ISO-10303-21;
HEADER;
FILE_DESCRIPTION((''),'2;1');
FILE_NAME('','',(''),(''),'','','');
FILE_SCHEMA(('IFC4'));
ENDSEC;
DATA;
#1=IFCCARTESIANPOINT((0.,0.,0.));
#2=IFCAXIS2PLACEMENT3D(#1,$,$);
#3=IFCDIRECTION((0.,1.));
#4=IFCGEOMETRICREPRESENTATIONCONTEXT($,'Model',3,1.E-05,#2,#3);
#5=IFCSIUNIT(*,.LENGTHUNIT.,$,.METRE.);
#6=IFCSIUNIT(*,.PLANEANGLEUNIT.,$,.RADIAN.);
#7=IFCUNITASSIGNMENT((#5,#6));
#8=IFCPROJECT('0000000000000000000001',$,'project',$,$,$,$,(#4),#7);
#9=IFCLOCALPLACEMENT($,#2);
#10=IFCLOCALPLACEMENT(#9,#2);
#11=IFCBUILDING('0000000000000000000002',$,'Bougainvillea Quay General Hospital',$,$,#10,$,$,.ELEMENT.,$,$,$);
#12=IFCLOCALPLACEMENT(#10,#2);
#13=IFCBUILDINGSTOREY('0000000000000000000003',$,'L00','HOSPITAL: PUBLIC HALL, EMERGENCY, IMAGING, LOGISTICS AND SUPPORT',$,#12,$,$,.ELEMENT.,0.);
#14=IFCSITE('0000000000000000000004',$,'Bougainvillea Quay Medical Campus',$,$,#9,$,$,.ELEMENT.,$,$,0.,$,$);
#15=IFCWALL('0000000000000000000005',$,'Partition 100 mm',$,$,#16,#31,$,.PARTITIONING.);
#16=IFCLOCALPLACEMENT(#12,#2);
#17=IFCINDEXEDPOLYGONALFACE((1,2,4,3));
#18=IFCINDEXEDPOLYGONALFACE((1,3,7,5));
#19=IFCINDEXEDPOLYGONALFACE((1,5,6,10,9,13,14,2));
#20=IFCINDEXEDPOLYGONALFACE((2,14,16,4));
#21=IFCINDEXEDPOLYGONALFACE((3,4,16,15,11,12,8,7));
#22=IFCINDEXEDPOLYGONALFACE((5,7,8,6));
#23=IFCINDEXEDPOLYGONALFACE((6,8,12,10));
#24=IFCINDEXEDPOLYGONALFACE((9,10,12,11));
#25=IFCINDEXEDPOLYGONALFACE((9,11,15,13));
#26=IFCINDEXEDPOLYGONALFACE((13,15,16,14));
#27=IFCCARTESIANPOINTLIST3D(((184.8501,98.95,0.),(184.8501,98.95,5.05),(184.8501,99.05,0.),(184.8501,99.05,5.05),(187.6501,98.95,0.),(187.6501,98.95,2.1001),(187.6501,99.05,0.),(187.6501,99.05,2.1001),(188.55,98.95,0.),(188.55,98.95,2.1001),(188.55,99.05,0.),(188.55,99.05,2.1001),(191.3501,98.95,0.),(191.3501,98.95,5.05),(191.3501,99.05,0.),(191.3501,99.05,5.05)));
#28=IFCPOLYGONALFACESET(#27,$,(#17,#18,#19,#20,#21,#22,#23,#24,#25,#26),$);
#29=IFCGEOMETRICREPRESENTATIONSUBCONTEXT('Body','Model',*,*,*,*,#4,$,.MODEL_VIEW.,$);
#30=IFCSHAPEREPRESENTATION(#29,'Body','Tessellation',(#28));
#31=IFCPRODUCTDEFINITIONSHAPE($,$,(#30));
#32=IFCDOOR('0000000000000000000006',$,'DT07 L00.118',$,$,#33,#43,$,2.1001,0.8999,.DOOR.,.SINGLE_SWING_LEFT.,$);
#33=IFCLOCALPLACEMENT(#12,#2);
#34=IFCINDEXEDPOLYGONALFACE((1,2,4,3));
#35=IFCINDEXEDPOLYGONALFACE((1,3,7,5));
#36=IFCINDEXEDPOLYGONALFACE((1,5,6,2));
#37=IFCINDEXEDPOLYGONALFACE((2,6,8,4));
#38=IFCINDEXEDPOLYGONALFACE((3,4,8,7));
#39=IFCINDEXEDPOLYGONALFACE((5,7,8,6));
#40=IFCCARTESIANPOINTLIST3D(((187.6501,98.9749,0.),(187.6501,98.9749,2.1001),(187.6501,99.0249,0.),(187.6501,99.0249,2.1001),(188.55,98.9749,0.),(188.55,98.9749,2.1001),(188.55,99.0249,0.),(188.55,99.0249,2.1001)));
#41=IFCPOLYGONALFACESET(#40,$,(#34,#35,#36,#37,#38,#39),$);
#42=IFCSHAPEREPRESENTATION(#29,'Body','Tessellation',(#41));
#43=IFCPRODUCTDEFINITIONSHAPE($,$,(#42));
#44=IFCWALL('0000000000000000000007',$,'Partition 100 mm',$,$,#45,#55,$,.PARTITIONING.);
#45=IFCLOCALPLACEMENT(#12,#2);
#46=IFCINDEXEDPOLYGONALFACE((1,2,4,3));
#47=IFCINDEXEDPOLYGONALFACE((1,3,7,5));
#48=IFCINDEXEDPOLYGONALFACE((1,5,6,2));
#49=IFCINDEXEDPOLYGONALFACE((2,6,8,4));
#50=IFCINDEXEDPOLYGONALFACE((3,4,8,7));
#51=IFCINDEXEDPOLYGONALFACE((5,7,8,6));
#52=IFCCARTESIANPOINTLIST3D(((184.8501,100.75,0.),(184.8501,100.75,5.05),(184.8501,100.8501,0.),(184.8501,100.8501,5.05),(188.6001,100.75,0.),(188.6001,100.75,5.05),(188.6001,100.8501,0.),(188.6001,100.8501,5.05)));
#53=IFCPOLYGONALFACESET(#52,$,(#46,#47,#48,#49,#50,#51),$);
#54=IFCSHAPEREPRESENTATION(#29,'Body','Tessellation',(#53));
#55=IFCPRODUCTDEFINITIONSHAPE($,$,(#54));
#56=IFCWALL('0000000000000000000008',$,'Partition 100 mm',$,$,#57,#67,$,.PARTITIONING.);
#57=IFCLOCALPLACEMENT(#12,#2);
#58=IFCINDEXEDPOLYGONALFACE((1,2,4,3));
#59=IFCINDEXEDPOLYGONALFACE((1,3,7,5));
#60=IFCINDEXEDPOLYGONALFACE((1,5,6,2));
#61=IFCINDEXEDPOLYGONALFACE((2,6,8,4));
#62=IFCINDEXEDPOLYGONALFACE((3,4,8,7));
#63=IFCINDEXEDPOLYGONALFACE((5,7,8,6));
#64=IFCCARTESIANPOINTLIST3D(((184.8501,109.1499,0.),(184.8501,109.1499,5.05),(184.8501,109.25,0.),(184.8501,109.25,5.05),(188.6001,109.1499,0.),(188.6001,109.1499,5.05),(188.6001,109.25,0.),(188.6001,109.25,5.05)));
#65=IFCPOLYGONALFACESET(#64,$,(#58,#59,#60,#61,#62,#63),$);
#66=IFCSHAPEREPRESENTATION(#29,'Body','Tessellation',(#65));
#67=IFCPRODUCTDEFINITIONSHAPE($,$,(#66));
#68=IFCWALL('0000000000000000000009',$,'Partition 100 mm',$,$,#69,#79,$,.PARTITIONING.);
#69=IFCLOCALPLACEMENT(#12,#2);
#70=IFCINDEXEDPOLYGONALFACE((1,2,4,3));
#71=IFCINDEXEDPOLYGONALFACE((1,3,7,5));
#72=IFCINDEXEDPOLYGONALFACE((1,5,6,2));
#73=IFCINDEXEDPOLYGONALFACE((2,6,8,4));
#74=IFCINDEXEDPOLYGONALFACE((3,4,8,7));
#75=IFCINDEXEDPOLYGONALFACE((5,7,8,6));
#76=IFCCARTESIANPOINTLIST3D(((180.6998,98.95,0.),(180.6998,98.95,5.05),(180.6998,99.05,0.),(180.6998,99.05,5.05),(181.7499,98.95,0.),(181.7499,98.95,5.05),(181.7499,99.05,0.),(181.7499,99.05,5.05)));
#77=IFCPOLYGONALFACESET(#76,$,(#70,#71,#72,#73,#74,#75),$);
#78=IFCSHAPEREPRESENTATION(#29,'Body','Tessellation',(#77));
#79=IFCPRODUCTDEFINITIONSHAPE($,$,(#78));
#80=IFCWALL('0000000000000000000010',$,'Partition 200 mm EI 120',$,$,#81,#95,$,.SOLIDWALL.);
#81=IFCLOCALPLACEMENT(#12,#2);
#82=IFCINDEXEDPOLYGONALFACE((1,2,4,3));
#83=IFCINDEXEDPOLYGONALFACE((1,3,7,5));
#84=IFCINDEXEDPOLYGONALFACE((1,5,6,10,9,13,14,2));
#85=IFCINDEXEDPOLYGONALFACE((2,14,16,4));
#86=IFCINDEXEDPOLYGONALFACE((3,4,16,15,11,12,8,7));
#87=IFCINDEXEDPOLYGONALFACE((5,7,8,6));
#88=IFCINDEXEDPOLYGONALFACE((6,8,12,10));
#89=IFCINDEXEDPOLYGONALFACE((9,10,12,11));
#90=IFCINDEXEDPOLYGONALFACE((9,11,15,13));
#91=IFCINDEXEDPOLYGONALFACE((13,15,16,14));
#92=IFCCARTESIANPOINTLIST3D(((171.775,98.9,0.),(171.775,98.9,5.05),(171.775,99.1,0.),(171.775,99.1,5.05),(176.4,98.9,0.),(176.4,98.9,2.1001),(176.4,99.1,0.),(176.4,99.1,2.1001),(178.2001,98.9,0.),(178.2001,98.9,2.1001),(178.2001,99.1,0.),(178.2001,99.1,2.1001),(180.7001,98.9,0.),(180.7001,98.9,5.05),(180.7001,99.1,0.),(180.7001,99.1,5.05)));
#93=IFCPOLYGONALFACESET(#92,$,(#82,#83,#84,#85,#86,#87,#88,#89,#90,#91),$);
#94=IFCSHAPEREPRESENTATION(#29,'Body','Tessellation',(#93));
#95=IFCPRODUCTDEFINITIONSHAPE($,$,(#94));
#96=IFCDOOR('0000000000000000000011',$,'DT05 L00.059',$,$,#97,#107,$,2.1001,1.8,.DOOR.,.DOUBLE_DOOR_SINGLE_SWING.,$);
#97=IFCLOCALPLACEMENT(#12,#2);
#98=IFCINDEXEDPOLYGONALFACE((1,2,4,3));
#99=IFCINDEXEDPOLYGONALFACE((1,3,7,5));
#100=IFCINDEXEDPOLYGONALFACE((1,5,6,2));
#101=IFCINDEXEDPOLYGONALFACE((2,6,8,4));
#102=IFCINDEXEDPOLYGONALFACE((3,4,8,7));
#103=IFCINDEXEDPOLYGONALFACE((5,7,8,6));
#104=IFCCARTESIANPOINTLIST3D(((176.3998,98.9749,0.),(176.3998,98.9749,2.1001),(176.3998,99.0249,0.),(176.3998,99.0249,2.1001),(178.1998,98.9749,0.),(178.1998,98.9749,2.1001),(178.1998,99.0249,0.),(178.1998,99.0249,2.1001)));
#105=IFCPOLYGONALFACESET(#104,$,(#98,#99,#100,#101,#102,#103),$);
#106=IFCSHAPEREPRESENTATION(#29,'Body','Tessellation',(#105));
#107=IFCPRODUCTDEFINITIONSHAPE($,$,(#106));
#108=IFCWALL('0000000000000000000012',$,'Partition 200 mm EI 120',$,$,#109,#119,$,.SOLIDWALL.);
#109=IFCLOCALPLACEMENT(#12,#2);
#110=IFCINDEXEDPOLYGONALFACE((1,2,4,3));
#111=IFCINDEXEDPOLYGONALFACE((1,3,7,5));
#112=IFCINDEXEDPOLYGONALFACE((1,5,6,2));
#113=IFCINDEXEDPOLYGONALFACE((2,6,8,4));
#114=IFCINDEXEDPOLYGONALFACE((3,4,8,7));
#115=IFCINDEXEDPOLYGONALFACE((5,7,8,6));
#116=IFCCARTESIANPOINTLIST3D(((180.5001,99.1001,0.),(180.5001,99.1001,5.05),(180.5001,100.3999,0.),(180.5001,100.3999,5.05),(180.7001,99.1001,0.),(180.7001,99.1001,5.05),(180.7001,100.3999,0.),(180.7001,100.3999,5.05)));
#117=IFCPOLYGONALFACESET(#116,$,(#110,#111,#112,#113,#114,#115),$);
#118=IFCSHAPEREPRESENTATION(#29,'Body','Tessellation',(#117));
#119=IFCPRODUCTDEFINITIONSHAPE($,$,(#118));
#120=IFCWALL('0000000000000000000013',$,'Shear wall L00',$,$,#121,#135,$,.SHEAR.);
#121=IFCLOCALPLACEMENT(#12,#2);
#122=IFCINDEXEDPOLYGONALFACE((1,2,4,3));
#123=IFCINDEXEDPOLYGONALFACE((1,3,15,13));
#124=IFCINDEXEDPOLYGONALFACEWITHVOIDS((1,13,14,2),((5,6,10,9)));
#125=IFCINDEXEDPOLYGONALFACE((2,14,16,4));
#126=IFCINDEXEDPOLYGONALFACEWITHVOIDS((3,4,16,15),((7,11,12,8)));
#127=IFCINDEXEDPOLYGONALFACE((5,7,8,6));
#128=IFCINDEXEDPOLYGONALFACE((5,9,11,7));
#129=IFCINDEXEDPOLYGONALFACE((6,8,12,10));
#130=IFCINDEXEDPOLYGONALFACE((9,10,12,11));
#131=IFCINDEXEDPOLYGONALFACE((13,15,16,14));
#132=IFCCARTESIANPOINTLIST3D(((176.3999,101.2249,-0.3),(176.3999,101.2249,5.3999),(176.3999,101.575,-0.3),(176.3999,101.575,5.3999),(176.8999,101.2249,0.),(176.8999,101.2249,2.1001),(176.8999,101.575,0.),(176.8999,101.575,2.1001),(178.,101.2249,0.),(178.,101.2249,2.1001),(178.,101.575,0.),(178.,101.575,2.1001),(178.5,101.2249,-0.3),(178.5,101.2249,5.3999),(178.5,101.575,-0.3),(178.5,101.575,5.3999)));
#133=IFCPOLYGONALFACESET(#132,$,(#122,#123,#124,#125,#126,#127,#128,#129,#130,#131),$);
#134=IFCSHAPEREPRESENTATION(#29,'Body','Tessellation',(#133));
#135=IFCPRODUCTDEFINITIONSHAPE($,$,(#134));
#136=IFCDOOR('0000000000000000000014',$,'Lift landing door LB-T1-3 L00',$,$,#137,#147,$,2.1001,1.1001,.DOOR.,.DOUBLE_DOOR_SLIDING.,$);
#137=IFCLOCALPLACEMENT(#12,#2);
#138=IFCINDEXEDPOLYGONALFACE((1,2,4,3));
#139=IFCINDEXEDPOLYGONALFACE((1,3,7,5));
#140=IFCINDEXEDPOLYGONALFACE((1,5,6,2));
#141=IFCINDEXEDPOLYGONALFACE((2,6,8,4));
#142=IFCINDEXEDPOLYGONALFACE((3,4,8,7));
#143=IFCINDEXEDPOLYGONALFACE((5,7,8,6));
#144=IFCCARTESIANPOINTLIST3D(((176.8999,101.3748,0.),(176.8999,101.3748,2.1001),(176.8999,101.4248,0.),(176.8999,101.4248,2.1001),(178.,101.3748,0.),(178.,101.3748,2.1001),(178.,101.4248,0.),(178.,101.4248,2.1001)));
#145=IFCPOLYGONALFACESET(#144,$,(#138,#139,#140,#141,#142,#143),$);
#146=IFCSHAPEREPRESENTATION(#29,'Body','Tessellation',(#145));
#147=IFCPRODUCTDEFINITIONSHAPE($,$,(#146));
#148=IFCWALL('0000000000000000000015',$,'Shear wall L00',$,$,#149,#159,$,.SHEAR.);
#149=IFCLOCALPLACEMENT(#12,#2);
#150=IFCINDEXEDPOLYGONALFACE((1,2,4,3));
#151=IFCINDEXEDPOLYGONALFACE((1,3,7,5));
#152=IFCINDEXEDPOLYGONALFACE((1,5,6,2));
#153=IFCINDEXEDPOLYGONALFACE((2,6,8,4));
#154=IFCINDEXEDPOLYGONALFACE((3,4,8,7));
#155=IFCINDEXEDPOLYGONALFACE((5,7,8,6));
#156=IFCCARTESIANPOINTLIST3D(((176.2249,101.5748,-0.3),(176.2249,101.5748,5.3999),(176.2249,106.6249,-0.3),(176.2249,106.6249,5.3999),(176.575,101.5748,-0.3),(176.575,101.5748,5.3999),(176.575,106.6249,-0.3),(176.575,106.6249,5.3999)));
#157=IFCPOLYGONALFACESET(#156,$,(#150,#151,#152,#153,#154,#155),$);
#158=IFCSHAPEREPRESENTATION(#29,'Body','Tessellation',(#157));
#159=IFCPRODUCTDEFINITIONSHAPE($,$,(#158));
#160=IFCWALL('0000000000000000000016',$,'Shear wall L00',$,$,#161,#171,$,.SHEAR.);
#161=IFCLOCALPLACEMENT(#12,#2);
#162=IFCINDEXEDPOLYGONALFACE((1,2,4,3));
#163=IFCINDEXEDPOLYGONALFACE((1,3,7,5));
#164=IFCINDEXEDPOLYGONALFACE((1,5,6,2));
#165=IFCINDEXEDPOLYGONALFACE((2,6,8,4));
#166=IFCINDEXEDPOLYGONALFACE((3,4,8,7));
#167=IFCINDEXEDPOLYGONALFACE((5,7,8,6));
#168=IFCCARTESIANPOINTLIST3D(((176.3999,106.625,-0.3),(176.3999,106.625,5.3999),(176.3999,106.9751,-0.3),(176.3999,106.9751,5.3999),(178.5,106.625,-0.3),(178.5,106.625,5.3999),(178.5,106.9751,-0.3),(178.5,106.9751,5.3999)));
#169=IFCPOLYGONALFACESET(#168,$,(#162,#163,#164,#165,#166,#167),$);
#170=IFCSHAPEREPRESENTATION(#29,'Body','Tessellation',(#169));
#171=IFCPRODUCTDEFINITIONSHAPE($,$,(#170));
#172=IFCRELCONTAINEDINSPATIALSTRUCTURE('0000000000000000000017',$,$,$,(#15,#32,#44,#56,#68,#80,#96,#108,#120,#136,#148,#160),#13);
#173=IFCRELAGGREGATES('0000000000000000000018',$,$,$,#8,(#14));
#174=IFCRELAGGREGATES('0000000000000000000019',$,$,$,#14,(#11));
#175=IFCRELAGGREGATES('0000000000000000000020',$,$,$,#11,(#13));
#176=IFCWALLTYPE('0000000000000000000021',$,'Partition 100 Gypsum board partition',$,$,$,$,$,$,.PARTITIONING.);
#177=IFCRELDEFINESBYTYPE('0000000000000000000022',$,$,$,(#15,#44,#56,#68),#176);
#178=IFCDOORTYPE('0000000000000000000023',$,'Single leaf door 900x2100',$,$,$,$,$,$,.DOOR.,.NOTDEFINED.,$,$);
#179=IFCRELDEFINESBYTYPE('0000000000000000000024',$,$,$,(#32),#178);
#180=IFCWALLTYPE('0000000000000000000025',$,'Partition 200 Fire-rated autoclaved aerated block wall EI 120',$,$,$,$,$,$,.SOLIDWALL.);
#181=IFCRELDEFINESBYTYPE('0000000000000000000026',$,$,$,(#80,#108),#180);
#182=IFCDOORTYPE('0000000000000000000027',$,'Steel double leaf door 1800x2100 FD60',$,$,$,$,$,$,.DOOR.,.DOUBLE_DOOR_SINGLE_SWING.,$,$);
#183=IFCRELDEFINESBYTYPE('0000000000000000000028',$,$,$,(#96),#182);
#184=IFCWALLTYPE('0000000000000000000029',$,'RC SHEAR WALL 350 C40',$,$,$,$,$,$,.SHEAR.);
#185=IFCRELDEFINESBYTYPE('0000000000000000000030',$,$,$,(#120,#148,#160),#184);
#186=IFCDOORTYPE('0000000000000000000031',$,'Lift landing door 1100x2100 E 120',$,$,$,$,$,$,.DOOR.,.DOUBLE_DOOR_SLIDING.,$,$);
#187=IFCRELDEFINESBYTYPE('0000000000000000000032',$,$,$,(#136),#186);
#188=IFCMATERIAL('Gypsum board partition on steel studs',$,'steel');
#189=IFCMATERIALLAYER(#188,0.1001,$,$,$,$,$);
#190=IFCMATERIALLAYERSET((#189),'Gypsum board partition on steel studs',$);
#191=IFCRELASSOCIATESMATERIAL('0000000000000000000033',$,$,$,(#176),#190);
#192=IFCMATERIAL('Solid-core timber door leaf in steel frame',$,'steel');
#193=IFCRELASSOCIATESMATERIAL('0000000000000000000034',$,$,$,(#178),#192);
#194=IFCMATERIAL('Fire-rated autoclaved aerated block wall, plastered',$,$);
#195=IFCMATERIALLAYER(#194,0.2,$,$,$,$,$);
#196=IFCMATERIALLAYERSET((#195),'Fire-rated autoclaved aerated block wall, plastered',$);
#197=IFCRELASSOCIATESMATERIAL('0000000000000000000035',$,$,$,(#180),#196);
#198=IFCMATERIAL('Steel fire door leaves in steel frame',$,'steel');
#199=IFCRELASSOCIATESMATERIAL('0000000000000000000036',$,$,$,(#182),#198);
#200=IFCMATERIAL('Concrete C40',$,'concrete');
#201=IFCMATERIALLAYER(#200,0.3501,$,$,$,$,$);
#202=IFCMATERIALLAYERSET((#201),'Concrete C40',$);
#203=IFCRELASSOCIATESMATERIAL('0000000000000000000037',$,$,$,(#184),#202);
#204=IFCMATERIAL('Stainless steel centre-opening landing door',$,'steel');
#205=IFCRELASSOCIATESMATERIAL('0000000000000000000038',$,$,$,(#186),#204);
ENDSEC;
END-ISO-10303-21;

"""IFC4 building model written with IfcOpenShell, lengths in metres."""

from ifc_helpers import new_model, si_unit, direction, frame, frame_2d, origin, place, context, subcontext, project, spatial, rectangle, extrude, material, layer, layer_set, type_object, element, fill, save


model = new_model("IFC4")

# Units and contexts
model_context = context("Model", 3, precision=1e-05, world=origin(), true_north=direction((0.0, 1.0)))
body_context = subcontext(model_context, "Body", "Model", "MODEL_VIEW")
ifc_project = project(units=[si_unit("LENGTHUNIT", "METRE"), si_unit("PLANEANGLEUNIT", "RADIAN")], contexts=[model_context])

# Site, building, storey
site_placement = place(None, origin())
site = spatial("IfcSite", under=ifc_project, at=site_placement, Name="Bougainvillea Quay Medical Campus", CompositionType="ELEMENT", RefElevation=0.0)
building_placement = place(site_placement, origin())
building = spatial("IfcBuilding", under=site, at=building_placement, Name="Bougainvillea Quay General Hospital", CompositionType="ELEMENT")
storey_placement = place(building_placement, origin())
storey = spatial("IfcBuildingStorey", under=building, at=storey_placement, Name="L00", Description="HOSPITAL: PUBLIC HALL, EMERGENCY, IMAGING, LOGISTICS AND SUPPORT", CompositionType="ELEMENT", Elevation=0.0)

# Shared definitions
ifc_material_1 = material(Name="Concrete C40", Category="concrete")

# Shared definitions
ifc_material_2 = material(Name="Gypsum board partition on steel studs", Category="steel")
ifc_layer_1 = layer(ifc_material_2, 0.1001)
ifc_layer_set_1 = layer_set([ifc_layer_1], Name="Gypsum board partition on steel studs")
wall_type_1 = type_object("IfcWallType", Name="Partition 100 Gypsum board partition", PredefinedType="PARTITIONING", material=ifc_layer_set_1)

# Wall, opening, door
wall_1_placement = place(storey_placement, frame((184.8501, 99.0, 0.0), z_axis=(0.0, 0.0, 1.0), x_axis=(1.0, 0.0, 0.0)))
wall_1 = element("IfcWall", 1, at=wall_1_placement, inside=storey, type_object=wall_type_1, Name="Partition 100 mm", PredefinedType="PARTITIONING", context=body_context, shape_type="SweptSolid", body=[
    extrude(rectangle(XDim=6.5, YDim=0.1001, at=frame_2d((3.25, 0.0))), origin(), (0.0, 0.0, 1.0), 5.05),
])
opening_1_placement = place(wall_1_placement, frame((2.8, 0.0, 0.0)))
opening_1 = element("IfcOpeningElement", 2, at=opening_1_placement, cuts=wall_1, PredefinedType="OPENING", context=body_context, shape_type="SweptSolid", body=[
    extrude(rectangle(XDim=0.8999, YDim=2.1001, at=frame_2d((0.45, 1.05))), frame((0.0, 0.0601, 0.0), z_axis=(0.0, -1.0, 0.0), x_axis=(1.0, 0.0, 0.0)), (0.0, 0.0, 1.0), 0.1201),
])
ifc_material_3 = material(Name="Solid-core timber door leaf in steel frame", Category="steel")
door_type_1 = type_object("IfcDoorType", Name="Single leaf door 900x2100", OperationType="NOTDEFINED", PredefinedType="DOOR", material=ifc_material_3)
door_1_placement = place(opening_1_placement, origin())
door_1 = element("IfcDoor", 3, at=door_1_placement, inside=storey, type_object=door_type_1, Name="DT07 L00.118", OperationType="SINGLE_SWING_LEFT", OverallHeight=2.1001, OverallWidth=0.8999, PredefinedType="DOOR", context=body_context, shape_type="SweptSolid", body=[
    extrude(rectangle(XDim=0.8999, YDim=2.1001, at=frame_2d((0.45, 1.05))), frame((0.0, 0.0249, 0.0), z_axis=(0.0, -1.0, 0.0), x_axis=(1.0, 0.0, 0.0)), (0.0, 0.0, 1.0), 0.05),
])
fill(opening_1, door_1)

# Walls
for number, where, z_axis, x_axis, name in (
    (4, (184.8501, 100.8, 0.0), (0.0, 0.0, 1.0), (1.0, 0.0, 0.0), "Partition 100 mm"),
    (5, (184.8501, 109.2, 0.0), (0.0, 0.0, 1.0), (1.0, 0.0, 0.0), "Partition 100 mm"),
):
    element("IfcWall", number, at=place(storey_placement, frame(where, z_axis=z_axis, x_axis=x_axis)), inside=storey, type_object=wall_type_1, Name=name, PredefinedType="PARTITIONING", context=body_context, shape_type="SweptSolid", body=[
        extrude(rectangle(XDim=3.75, YDim=0.1001, at=frame_2d((1.875, 0.0))), origin(), (0.0, 0.0, 1.0), 5.05),
    ])
wall_2_placement = place(storey_placement, frame((180.7, 99.0, 0.0), z_axis=(0.0, 0.0, 1.0), x_axis=(1.0, 0.0, 0.0)))
element("IfcWall", 6, at=wall_2_placement, inside=storey, type_object=wall_type_1, Name="Partition 100 mm", PredefinedType="PARTITIONING", context=body_context, shape_type="SweptSolid", body=[
    extrude(rectangle(XDim=1.05, YDim=0.1001, at=frame_2d((0.5249, 0.0))), origin(), (0.0, 0.0, 1.0), 5.05),
])

# Wall, opening, door
ifc_material_4 = material(Name="Fire-rated autoclaved aerated block wall, plastered")
ifc_layer_2 = layer(ifc_material_4, 0.2)
ifc_layer_set_2 = layer_set([ifc_layer_2], Name="Fire-rated autoclaved aerated block wall, plastered")
wall_type_2 = type_object("IfcWallType", Name="Partition 200 Fire-rated autoclaved aerated block wall EI 120", PredefinedType="SOLIDWALL", material=ifc_layer_set_2)
wall_3_placement = place(storey_placement, frame((180.7, 99.0, 0.0), z_axis=(0.0, 0.0, 1.0), x_axis=(-1.0, 0.0, 0.0)))
wall_3 = element("IfcWall", 7, at=wall_3_placement, inside=storey, type_object=wall_type_2, Name="Partition 200 mm EI 120", PredefinedType="SOLIDWALL", context=body_context, shape_type="SweptSolid", body=[
    extrude(rectangle(XDim=8.925, YDim=0.2, at=frame_2d((4.4624, 0.0))), origin(), (0.0, 0.0, 1.0), 5.05),
])
opening_2_placement = place(wall_3_placement, frame((2.5, 0.0, 0.0)))
opening_2 = element("IfcOpeningElement", 8, at=opening_2_placement, cuts=wall_3, PredefinedType="OPENING", context=body_context, shape_type="SweptSolid", body=[
    extrude(rectangle(XDim=1.8, YDim=2.1001, at=frame_2d((0.8999, 1.05))), frame((0.0, 0.1099, 0.0), z_axis=(0.0, -1.0, 0.0), x_axis=(1.0, 0.0, 0.0)), (0.0, 0.0, 1.0), 0.22),
])
ifc_material_5 = material(Name="Steel fire door leaves in steel frame", Category="steel")
door_type_2 = type_object("IfcDoorType", Name="Steel double leaf door 1800x2100 FD60", OperationType="DOUBLE_DOOR_SINGLE_SWING", PredefinedType="DOOR", material=ifc_material_5)
door_2_placement = place(opening_2_placement, frame((1.8, 0.0, 0.0), z_axis=(0.0, 0.0, 1.0), x_axis=(-1.0, 0.0, 0.0)))
door_2 = element("IfcDoor", 9, at=door_2_placement, inside=storey, type_object=door_type_2, Name="DT05 L00.059", OperationType="DOUBLE_DOOR_SINGLE_SWING", OverallHeight=2.1001, OverallWidth=1.8, PredefinedType="DOOR", context=body_context, shape_type="SweptSolid", body=[
    extrude(rectangle(XDim=1.8, YDim=2.1001, at=frame_2d((0.8999, 1.05))), frame((0.0, 0.0249, 0.0), z_axis=(0.0, -1.0, 0.0), x_axis=(1.0, 0.0, 0.0)), (0.0, 0.0, 1.0), 0.05),
])
fill(opening_2, door_2)

# Wall
wall_4_placement = place(storey_placement, frame((180.6001, 99.1001, 0.0), z_axis=(0.0, 0.0, 1.0), x_axis=(0.0, 1.0, 0.0)))
element("IfcWall", 10, at=wall_4_placement, inside=storey, type_object=wall_type_2, Name="Partition 200 mm EI 120", PredefinedType="SOLIDWALL", context=body_context, shape_type="SweptSolid", body=[
    extrude(rectangle(XDim=1.2998, YDim=0.2, at=frame_2d((0.6499, 0.0))), origin(), (0.0, 0.0, 1.0), 5.05),
])

# Wall, opening, door
ifc_layer_3 = layer(ifc_material_1, 0.3501)
ifc_layer_set_3 = layer_set([ifc_layer_3], Name="Concrete C40")
wall_type_3 = type_object("IfcWallType", Name="RC SHEAR WALL 350 C40", PredefinedType="SHEAR", material=ifc_layer_set_3)
wall_5_placement = place(storey_placement, frame((176.3999, 101.3999, -0.3), z_axis=(0.0, 0.0, 1.0), x_axis=(1.0, 0.0, 0.0)))
wall_5 = element("IfcWall", 11, at=wall_5_placement, inside=storey, type_object=wall_type_3, Name="Shear wall L00", PredefinedType="SHEAR", context=body_context, shape_type="SweptSolid", body=[
    extrude(rectangle(XDim=2.1001, YDim=0.3501, at=frame_2d((1.05, 0.0))), origin(), (0.0, 0.0, 1.0), 5.7),
])
opening_3_placement = place(wall_5_placement, frame((0.5, 0.0, 0.3)))
opening_3 = element("IfcOpeningElement", 12, at=opening_3_placement, cuts=wall_5, PredefinedType="OPENING", context=body_context, shape_type="SweptSolid", body=[
    extrude(rectangle(XDim=1.1001, YDim=2.1001, at=frame_2d((0.55, 1.05))), frame((0.0, 0.1851, 0.0), z_axis=(0.0, -1.0, 0.0), x_axis=(1.0, 0.0, 0.0)), (0.0, 0.0, 1.0), 0.3701),
])
ifc_material_6 = material(Name="Stainless steel centre-opening landing door", Category="steel")
door_type_3 = type_object("IfcDoorType", Name="Lift landing door 1100x2100 E 120", OperationType="DOUBLE_DOOR_SLIDING", PredefinedType="DOOR", material=ifc_material_6)
door_3_placement = place(opening_3_placement, origin())
door_3 = element("IfcDoor", 13, at=door_3_placement, inside=storey, type_object=door_type_3, Name="Lift landing door LB-T1-3 L00", OperationType="DOUBLE_DOOR_SLIDING", OverallHeight=2.1001, OverallWidth=1.1001, PredefinedType="DOOR", context=body_context, shape_type="SweptSolid", body=[
    extrude(rectangle(XDim=1.1001, YDim=2.1001, at=frame_2d((0.55, 1.05))), frame((0.0, 0.0249, 0.0), z_axis=(0.0, -1.0, 0.0), x_axis=(1.0, 0.0, 0.0)), (0.0, 0.0, 1.0), 0.05),
])
fill(opening_3, door_3)

# Walls
wall_6_placement = place(storey_placement, frame((176.3999, 101.575, -0.3), z_axis=(0.0, 0.0, 1.0), x_axis=(0.0, 1.0, 0.0)))
element("IfcWall", 14, at=wall_6_placement, inside=storey, type_object=wall_type_3, Name="Shear wall L00", PredefinedType="SHEAR", context=body_context, shape_type="SweptSolid", body=[
    extrude(rectangle(XDim=5.05, YDim=0.3501, at=frame_2d((2.5249, 0.0))), origin(), (0.0, 0.0, 1.0), 5.7),
])
wall_7_placement = place(storey_placement, frame((176.3999, 106.8, -0.3), z_axis=(0.0, 0.0, 1.0), x_axis=(1.0, 0.0, 0.0)))
element("IfcWall", 15, at=wall_7_placement, inside=storey, type_object=wall_type_3, Name="Shear wall L00", PredefinedType="SHEAR", context=body_context, shape_type="SweptSolid", body=[
    extrude(rectangle(XDim=2.1001, YDim=0.3501, at=frame_2d((1.05, 0.0))), origin(), (0.0, 0.0, 1.0), 5.7),
])

save(model, "model.ifc")
